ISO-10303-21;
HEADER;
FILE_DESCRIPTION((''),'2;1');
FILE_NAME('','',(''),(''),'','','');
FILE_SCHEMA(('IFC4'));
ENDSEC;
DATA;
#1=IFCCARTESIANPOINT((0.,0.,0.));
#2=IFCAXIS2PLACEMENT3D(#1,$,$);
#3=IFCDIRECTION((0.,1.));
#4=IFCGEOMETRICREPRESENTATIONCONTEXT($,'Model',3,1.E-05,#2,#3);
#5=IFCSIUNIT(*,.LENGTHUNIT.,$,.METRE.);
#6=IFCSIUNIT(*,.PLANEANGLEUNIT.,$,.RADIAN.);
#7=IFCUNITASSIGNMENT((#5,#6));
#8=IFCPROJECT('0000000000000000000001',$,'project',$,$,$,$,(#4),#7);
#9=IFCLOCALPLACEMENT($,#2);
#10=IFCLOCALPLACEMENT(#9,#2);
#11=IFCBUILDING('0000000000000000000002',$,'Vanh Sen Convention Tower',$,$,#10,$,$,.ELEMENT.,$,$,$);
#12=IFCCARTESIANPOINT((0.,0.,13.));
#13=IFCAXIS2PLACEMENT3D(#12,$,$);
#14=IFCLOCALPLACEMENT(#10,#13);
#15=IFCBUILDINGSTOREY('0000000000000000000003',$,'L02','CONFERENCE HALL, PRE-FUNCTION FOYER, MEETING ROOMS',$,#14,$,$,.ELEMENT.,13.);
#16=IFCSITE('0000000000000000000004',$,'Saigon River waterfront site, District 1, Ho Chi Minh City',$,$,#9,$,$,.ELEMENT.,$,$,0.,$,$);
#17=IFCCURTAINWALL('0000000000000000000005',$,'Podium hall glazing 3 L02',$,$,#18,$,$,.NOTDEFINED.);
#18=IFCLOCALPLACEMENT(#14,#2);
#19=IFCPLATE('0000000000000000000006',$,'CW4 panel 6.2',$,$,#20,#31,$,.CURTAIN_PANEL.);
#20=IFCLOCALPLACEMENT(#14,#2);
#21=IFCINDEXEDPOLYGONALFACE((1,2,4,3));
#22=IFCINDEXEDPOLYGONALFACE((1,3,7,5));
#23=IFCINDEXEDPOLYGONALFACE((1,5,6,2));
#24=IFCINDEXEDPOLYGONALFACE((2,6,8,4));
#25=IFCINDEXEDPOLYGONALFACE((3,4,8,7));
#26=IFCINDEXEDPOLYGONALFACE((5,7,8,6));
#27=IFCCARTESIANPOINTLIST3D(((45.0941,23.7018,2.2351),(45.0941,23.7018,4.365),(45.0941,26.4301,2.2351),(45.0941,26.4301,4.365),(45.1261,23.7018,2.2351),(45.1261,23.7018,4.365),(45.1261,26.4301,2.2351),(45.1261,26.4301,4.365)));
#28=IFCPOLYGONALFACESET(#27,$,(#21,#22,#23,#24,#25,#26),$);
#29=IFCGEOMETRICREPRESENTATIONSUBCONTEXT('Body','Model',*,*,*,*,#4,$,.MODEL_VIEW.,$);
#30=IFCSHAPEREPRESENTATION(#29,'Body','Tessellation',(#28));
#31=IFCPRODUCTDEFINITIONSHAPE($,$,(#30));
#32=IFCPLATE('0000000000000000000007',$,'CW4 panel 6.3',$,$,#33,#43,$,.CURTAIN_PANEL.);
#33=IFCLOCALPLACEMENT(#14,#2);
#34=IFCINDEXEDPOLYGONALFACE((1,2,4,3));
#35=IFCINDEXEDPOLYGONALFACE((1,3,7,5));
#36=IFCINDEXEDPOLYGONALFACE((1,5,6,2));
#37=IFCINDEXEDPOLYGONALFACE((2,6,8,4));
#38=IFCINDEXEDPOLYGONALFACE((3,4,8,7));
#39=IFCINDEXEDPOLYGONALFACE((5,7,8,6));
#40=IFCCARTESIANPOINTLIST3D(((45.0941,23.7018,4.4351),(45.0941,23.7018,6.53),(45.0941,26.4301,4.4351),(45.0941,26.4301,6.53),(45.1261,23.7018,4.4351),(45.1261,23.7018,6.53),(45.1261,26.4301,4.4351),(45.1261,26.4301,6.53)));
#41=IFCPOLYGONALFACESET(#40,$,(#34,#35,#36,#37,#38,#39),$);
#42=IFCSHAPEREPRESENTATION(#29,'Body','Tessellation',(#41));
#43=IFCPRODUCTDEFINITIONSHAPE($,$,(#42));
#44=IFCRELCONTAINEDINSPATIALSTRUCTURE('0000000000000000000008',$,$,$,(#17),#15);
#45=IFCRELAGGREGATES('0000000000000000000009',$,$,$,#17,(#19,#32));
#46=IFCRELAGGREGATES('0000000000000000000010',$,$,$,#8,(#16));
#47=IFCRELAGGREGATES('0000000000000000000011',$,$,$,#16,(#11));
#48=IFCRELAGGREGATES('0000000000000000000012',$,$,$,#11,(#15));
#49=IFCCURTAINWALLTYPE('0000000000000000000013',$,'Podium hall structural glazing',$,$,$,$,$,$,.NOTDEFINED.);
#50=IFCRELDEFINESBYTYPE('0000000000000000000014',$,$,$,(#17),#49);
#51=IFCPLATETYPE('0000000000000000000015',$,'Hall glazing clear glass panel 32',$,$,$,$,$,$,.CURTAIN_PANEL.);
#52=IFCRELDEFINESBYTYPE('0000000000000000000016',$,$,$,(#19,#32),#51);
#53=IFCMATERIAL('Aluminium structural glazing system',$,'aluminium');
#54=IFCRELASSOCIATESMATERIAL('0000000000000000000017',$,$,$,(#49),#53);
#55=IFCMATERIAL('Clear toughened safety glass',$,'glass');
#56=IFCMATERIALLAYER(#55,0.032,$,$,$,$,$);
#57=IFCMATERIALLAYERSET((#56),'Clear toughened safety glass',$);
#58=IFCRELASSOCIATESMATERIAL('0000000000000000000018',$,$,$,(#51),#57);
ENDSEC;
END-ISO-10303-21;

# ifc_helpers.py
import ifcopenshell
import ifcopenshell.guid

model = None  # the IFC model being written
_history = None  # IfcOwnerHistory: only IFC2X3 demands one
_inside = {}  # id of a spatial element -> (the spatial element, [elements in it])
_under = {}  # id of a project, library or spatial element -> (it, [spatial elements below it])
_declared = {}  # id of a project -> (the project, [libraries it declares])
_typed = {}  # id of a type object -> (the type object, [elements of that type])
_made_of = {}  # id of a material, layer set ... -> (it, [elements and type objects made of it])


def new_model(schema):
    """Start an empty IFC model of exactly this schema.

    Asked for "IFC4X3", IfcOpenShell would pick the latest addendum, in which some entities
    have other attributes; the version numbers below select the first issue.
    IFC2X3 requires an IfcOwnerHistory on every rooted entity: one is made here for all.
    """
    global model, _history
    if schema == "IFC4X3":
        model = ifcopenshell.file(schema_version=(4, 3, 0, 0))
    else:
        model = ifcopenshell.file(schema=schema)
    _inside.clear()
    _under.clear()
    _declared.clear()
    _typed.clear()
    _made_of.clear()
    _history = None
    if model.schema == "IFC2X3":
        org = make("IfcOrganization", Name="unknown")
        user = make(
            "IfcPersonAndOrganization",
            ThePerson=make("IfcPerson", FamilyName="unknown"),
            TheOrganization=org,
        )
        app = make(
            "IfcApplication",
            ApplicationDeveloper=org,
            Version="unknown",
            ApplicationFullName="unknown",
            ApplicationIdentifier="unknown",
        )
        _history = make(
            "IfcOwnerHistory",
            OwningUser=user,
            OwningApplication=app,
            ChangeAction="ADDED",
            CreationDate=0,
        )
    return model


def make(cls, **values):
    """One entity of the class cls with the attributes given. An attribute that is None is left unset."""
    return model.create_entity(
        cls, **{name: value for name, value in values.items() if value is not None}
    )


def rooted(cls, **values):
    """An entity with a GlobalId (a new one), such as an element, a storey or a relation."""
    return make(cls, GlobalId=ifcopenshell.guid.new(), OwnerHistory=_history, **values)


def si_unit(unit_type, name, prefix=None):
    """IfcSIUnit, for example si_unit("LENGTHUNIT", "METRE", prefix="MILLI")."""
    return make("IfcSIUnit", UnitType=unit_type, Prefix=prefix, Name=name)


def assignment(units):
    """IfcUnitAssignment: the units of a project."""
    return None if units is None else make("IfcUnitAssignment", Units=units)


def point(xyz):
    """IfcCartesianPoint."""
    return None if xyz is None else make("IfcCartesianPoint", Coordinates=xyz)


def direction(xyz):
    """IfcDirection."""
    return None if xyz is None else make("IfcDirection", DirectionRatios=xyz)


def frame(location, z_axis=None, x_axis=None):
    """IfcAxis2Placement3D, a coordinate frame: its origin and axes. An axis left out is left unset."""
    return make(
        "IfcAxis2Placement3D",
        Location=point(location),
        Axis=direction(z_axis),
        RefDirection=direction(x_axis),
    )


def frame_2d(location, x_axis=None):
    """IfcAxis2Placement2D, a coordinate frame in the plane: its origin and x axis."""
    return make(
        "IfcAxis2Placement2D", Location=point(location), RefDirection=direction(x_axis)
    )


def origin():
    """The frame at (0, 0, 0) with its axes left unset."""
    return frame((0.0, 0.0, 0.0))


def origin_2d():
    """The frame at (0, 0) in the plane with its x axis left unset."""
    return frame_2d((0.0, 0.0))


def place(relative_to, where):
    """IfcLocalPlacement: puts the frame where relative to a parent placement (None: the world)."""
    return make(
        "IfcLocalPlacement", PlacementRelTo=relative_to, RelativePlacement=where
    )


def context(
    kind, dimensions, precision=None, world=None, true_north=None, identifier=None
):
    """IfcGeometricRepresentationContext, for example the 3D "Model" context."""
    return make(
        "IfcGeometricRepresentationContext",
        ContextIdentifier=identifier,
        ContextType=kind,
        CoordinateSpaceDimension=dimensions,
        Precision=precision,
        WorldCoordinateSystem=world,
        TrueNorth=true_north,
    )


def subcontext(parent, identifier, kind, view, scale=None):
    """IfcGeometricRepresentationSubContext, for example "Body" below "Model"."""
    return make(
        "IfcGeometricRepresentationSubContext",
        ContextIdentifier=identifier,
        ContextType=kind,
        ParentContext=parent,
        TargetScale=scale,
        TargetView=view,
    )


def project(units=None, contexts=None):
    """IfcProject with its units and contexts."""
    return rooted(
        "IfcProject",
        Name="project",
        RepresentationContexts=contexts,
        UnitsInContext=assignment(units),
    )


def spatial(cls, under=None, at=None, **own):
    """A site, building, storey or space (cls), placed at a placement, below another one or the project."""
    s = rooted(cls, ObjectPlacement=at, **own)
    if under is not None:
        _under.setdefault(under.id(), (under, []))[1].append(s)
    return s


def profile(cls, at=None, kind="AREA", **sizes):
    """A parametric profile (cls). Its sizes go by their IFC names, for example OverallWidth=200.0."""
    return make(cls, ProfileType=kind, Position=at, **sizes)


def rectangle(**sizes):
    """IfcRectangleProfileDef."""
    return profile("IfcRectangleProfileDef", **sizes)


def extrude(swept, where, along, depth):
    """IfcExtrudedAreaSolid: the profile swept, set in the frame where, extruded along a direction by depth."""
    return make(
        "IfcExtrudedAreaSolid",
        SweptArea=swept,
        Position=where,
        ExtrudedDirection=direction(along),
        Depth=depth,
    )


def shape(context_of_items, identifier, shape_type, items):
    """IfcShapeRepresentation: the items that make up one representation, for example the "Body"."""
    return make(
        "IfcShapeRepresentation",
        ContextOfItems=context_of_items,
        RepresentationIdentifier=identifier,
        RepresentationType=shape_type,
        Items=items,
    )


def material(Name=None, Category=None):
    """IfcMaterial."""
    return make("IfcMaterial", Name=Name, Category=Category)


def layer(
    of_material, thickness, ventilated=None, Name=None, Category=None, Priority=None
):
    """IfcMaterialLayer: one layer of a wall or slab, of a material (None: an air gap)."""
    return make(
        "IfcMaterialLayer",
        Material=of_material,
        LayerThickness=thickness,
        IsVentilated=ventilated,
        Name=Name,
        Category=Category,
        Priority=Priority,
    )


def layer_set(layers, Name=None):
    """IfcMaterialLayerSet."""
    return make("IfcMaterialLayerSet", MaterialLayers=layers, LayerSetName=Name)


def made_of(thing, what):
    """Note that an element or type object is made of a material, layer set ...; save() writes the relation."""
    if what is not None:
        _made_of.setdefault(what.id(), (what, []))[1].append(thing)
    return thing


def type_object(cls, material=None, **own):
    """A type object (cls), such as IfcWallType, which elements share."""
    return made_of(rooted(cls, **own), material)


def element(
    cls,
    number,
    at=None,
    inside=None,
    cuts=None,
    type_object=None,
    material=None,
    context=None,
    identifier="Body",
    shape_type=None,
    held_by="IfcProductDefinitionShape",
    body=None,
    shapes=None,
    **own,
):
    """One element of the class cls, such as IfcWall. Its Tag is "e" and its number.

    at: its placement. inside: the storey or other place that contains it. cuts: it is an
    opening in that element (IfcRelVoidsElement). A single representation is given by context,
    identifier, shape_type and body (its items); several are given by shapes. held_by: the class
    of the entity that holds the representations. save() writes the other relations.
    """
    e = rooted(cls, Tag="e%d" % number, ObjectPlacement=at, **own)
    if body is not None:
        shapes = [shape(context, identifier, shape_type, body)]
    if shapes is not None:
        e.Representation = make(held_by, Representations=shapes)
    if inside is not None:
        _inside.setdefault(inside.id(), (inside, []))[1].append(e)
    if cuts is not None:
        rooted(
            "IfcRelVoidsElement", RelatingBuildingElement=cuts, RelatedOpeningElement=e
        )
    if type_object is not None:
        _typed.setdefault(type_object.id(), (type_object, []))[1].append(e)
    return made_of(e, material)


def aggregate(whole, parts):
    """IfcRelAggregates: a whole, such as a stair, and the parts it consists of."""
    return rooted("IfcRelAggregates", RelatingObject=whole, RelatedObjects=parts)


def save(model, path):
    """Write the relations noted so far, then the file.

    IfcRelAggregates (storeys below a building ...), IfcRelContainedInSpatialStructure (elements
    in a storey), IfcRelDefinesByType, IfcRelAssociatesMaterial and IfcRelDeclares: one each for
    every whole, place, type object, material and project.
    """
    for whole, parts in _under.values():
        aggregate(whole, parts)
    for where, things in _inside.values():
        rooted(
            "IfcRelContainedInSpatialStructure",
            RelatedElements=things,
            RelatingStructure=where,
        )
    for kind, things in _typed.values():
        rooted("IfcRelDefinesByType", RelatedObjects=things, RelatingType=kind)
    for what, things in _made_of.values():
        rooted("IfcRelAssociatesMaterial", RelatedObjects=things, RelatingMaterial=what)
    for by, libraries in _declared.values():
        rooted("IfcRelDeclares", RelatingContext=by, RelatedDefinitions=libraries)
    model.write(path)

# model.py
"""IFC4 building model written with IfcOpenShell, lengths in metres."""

from ifc_helpers import new_model, si_unit, direction, frame, origin, origin_2d, place, context, subcontext, project, spatial, rectangle, extrude, material, layer, layer_set, type_object, element, aggregate, save


model = new_model("IFC4")

# Units and contexts
model_context = context("Model", 3, precision=1e-05, world=origin(), true_north=direction((0.0, 1.0)))
body_context = subcontext(model_context, "Body", "Model", "MODEL_VIEW")
ifc_project = project(units=[si_unit("LENGTHUNIT", "METRE"), si_unit("PLANEANGLEUNIT", "RADIAN")], contexts=[model_context])

# Site, building, storey
site_placement = place(None, origin())
site = spatial("IfcSite", under=ifc_project, at=site_placement, Name="Saigon River waterfront site, District 1, Ho Chi Minh City", CompositionType="ELEMENT", RefElevation=0.0)
building_placement = place(site_placement, origin())
building = spatial("IfcBuilding", under=site, at=building_placement, Name="Vanh Sen Convention Tower", CompositionType="ELEMENT")
storey_placement = place(building_placement, frame((0.0, 0.0, 13.0)))
storey = spatial("IfcBuildingStorey", under=building, at=storey_placement, Name="L02", Description="CONFERENCE HALL, PRE-FUNCTION FOYER, MEETING ROOMS", CompositionType="ELEMENT", Elevation=13.0)

# Curtain wall, plates
ifc_material_1 = material(Name="Aluminium structural glazing system", Category="aluminium")
curtain_wall_type = type_object("IfcCurtainWallType", Name="Podium hall structural glazing", PredefinedType="NOTDEFINED", material=ifc_material_1)
curtain_wall_placement = place(storey_placement, origin())
curtain_wall = element("IfcCurtainWall", 1, at=curtain_wall_placement, inside=storey, type_object=curtain_wall_type, Name="Podium hall glazing 3 L02", PredefinedType="NOTDEFINED")
ifc_material_2 = material(Name="Clear toughened safety glass", Category="glass")
ifc_layer = layer(ifc_material_2, 0.032)
ifc_layer_set = layer_set([ifc_layer], Name="Clear toughened safety glass")
plate_type = type_object("IfcPlateType", Name="Hall glazing clear glass panel 32", PredefinedType="CURTAIN_PANEL", material=ifc_layer_set)
plate_1_placement = place(storey_placement, frame((45.1101, 25.0659, 2.2351), z_axis=(0.0, 0.0, 1.0), x_axis=(0.0, 1.0, 0.0)))
plate_1 = element("IfcPlate", 2, at=plate_1_placement, type_object=plate_type, Name="CW4 panel 6.2", PredefinedType="CURTAIN_PANEL", context=body_context, shape_type="SweptSolid", body=[
    extrude(rectangle(XDim=2.7283, YDim=0.032, at=origin_2d()), origin(), (0.0, 0.0, 1.0), 2.1299),
])
plate_2_placement = place(storey_placement, frame((45.1101, 25.0659, 4.4351), z_axis=(0.0, 0.0, 1.0), x_axis=(0.0, 1.0, 0.0)))
plate_2 = element("IfcPlate", 3, at=plate_2_placement, type_object=plate_type, Name="CW4 panel 6.3", PredefinedType="CURTAIN_PANEL", context=body_context, shape_type="SweptSolid", body=[
    extrude(rectangle(XDim=2.7283, YDim=0.032, at=origin_2d()), origin(), (0.0, 0.0, 1.0), 2.095),
])
aggregate(curtain_wall, [plate_1, plate_2])

save(model, "model.ifc")
